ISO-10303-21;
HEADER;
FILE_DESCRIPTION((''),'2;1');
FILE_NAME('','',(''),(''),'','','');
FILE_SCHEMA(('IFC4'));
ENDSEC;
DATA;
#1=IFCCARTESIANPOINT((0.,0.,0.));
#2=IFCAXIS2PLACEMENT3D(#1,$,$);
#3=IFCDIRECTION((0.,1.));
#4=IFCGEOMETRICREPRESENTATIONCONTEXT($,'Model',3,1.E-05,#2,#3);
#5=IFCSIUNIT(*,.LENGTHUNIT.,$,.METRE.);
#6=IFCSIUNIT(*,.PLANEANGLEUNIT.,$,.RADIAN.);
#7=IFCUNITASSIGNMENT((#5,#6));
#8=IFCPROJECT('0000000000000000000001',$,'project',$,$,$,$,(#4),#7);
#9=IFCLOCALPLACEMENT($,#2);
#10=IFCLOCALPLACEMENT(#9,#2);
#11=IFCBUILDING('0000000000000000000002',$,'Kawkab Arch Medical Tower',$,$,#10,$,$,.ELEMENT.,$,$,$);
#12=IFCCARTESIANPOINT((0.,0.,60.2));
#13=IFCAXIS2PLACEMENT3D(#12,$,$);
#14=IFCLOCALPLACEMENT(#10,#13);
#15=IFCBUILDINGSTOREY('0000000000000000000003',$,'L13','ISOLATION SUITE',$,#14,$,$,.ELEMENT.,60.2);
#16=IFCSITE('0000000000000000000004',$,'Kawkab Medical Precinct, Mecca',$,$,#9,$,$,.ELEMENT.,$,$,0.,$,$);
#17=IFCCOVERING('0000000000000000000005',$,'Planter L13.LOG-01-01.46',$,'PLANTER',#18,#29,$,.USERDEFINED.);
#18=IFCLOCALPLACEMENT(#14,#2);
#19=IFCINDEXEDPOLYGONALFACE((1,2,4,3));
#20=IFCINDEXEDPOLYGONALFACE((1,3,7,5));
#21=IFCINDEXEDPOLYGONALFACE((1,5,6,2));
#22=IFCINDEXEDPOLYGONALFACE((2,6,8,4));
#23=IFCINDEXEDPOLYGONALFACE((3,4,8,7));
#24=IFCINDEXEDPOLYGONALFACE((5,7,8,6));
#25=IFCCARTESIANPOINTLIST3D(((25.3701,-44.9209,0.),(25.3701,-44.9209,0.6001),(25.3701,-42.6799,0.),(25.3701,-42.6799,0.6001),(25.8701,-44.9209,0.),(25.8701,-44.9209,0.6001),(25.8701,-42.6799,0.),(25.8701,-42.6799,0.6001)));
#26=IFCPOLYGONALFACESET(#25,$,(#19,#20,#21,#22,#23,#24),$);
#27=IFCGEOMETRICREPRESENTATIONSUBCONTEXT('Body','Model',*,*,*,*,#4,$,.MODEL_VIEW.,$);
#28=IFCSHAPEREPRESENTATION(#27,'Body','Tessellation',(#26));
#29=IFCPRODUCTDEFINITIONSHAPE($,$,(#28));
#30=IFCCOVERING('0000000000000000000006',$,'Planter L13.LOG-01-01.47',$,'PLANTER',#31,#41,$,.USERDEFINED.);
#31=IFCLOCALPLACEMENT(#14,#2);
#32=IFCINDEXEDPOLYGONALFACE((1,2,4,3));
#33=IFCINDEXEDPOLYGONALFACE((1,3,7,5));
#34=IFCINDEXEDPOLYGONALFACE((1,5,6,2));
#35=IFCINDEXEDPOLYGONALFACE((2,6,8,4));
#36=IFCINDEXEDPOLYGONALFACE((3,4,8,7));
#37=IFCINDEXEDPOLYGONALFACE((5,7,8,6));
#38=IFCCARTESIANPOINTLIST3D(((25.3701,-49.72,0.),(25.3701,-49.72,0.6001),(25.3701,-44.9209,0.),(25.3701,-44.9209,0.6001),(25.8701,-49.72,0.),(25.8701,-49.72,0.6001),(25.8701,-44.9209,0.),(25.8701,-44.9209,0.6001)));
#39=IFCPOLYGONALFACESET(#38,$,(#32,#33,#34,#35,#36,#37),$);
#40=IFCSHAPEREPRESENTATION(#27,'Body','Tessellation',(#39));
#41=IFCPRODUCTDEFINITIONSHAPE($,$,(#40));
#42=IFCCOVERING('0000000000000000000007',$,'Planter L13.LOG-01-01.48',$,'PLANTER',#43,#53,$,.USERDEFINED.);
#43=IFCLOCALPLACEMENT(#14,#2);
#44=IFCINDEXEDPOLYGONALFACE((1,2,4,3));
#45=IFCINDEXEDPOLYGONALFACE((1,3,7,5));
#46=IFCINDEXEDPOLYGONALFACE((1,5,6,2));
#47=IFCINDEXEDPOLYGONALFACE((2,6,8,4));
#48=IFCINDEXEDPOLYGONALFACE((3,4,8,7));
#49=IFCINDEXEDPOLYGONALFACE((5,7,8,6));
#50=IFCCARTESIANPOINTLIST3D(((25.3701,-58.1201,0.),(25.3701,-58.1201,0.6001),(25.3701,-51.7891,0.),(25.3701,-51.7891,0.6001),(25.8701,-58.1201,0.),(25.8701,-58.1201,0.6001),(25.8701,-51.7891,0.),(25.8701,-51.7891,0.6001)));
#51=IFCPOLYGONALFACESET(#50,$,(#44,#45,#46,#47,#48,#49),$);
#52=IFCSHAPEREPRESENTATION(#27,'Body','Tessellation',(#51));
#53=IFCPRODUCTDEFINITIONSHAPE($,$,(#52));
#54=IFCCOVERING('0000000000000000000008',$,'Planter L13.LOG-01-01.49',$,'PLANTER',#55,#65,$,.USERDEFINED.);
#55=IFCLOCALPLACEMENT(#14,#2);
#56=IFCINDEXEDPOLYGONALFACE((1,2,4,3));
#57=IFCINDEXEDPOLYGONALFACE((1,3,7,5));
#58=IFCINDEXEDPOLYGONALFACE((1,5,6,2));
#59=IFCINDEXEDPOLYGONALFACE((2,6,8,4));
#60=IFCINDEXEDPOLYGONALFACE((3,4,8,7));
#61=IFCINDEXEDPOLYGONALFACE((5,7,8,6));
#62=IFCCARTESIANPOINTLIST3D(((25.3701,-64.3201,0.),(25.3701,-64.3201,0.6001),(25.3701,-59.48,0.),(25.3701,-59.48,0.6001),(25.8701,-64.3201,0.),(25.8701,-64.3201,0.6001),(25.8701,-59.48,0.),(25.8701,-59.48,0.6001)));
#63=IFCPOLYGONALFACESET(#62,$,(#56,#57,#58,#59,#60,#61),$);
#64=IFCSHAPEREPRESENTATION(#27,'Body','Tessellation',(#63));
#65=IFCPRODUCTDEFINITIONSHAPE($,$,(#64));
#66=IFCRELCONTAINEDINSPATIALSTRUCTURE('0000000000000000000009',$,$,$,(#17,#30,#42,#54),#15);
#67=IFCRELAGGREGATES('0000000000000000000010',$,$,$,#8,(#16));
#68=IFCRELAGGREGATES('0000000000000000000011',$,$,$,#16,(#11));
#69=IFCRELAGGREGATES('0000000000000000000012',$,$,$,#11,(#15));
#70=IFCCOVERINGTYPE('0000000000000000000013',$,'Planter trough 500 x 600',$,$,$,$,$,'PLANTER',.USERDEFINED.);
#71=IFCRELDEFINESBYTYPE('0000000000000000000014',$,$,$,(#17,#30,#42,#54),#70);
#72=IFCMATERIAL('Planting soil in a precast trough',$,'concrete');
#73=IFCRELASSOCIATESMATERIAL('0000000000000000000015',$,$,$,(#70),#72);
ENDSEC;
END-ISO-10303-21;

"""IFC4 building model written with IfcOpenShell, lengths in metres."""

from ifc_helpers import new_model, si_unit, direction, frame, origin, origin_2d, place, context, subcontext, project, spatial, rectangle, extrude, material, material_profile, profile_set, type_object, element, save


model = new_model("IFC4")

# Units and contexts
model_context = context("Model", 3, precision=1e-05, world=origin(), true_north=direction((0.0, 1.0)))
body_context = subcontext(model_context, "Body", "Model", "MODEL_VIEW")
ifc_project = project(units=[si_unit("LENGTHUNIT", "METRE"), si_unit("PLANEANGLEUNIT", "RADIAN")], contexts=[model_context])

# Site, building, storey
site_placement = place(None, origin())
site = spatial("IfcSite", under=ifc_project, at=site_placement, Name="Kawkab Medical Precinct, Mecca", CompositionType="ELEMENT", RefElevation=0.0)
building_placement = place(site_placement, origin())
building = spatial("IfcBuilding", under=site, at=building_placement, Name="Kawkab Arch Medical Tower", CompositionType="ELEMENT")
storey_placement = place(building_placement, frame((0.0, 0.0, 60.2)))
storey = spatial("IfcBuildingStorey", under=building, at=storey_placement, Name="L13", Description="ISOLATION SUITE", CompositionType="ELEMENT", Elevation=60.2)

# Coverings
ifc_material_1 = material(Name="Planting soil in a precast trough", Category="concrete")
ifc_material_profile_1 = material_profile(ifc_material_1, rectangle(XDim=0.5, YDim=0.6001, at=origin_2d()), Name="Trough 500x600")
ifc_profile_set_1 = profile_set([ifc_material_profile_1], Name="Planting soil in a precast trough")
covering_type_1 = type_object("IfcCoveringType", Name="Planter trough 500 x 600", ElementType="PLANTER", PredefinedType="USERDEFINED", material=ifc_profile_set_1)
covering_1_placement = place(storey_placement, frame((25.6201, -42.6799, 0.3), z_axis=(0.0, -1.0, 0.0), x_axis=(1.0, 0.0, 0.0)))
element("IfcCovering", 1, at=covering_1_placement, inside=storey, type_object=covering_type_1, Name="Planter L13.LOG-01-01.46", ObjectType="PLANTER", PredefinedType="USERDEFINED", context=body_context, shape_type="SweptSolid", body=[
    extrude(rectangle(XDim=0.5, YDim=0.6001, at=origin_2d()), origin(), (0.0, 0.0, 1.0), 2.241),
])
covering_2_placement = place(storey_placement, frame((25.6201, -44.9209, 0.3), z_axis=(0.0, -1.0, 0.0), x_axis=(1.0, 0.0, 0.0)))
element("IfcCovering", 2, at=covering_2_placement, inside=storey, type_object=covering_type_1, Name="Planter L13.LOG-01-01.47", ObjectType="PLANTER", PredefinedType="USERDEFINED", context=body_context, shape_type="SweptSolid", body=[
    extrude(rectangle(XDim=0.5, YDim=0.6001, at=origin_2d()), origin(), (0.0, 0.0, 1.0), 4.7991),
])
covering_3_placement = place(storey_placement, frame((25.6201, -51.7891, 0.3), z_axis=(0.0, -1.0, 0.0), x_axis=(1.0, 0.0, 0.0)))
element("IfcCovering", 3, at=covering_3_placement, inside=storey, type_object=covering_type_1, Name="Planter L13.LOG-01-01.48", ObjectType="PLANTER", PredefinedType="USERDEFINED", context=body_context, shape_type="SweptSolid", body=[
    extrude(rectangle(XDim=0.5, YDim=0.6001, at=origin_2d()), origin(), (0.0, 0.0, 1.0), 6.3311),
])
covering_4_placement = place(storey_placement, frame((25.6201, -59.48, 0.3), z_axis=(0.0, -1.0, 0.0), x_axis=(1.0, 0.0, 0.0)))
element("IfcCovering", 4, at=covering_4_placement, inside=storey, type_object=covering_type_1, Name="Planter L13.LOG-01-01.49", ObjectType="PLANTER", PredefinedType="USERDEFINED", context=body_context, shape_type="SweptSolid", body=[
    extrude(rectangle(XDim=0.5, YDim=0.6001, at=origin_2d()), origin(), (0.0, 0.0, 1.0), 4.8401),
])

save(model, "model.ifc")
